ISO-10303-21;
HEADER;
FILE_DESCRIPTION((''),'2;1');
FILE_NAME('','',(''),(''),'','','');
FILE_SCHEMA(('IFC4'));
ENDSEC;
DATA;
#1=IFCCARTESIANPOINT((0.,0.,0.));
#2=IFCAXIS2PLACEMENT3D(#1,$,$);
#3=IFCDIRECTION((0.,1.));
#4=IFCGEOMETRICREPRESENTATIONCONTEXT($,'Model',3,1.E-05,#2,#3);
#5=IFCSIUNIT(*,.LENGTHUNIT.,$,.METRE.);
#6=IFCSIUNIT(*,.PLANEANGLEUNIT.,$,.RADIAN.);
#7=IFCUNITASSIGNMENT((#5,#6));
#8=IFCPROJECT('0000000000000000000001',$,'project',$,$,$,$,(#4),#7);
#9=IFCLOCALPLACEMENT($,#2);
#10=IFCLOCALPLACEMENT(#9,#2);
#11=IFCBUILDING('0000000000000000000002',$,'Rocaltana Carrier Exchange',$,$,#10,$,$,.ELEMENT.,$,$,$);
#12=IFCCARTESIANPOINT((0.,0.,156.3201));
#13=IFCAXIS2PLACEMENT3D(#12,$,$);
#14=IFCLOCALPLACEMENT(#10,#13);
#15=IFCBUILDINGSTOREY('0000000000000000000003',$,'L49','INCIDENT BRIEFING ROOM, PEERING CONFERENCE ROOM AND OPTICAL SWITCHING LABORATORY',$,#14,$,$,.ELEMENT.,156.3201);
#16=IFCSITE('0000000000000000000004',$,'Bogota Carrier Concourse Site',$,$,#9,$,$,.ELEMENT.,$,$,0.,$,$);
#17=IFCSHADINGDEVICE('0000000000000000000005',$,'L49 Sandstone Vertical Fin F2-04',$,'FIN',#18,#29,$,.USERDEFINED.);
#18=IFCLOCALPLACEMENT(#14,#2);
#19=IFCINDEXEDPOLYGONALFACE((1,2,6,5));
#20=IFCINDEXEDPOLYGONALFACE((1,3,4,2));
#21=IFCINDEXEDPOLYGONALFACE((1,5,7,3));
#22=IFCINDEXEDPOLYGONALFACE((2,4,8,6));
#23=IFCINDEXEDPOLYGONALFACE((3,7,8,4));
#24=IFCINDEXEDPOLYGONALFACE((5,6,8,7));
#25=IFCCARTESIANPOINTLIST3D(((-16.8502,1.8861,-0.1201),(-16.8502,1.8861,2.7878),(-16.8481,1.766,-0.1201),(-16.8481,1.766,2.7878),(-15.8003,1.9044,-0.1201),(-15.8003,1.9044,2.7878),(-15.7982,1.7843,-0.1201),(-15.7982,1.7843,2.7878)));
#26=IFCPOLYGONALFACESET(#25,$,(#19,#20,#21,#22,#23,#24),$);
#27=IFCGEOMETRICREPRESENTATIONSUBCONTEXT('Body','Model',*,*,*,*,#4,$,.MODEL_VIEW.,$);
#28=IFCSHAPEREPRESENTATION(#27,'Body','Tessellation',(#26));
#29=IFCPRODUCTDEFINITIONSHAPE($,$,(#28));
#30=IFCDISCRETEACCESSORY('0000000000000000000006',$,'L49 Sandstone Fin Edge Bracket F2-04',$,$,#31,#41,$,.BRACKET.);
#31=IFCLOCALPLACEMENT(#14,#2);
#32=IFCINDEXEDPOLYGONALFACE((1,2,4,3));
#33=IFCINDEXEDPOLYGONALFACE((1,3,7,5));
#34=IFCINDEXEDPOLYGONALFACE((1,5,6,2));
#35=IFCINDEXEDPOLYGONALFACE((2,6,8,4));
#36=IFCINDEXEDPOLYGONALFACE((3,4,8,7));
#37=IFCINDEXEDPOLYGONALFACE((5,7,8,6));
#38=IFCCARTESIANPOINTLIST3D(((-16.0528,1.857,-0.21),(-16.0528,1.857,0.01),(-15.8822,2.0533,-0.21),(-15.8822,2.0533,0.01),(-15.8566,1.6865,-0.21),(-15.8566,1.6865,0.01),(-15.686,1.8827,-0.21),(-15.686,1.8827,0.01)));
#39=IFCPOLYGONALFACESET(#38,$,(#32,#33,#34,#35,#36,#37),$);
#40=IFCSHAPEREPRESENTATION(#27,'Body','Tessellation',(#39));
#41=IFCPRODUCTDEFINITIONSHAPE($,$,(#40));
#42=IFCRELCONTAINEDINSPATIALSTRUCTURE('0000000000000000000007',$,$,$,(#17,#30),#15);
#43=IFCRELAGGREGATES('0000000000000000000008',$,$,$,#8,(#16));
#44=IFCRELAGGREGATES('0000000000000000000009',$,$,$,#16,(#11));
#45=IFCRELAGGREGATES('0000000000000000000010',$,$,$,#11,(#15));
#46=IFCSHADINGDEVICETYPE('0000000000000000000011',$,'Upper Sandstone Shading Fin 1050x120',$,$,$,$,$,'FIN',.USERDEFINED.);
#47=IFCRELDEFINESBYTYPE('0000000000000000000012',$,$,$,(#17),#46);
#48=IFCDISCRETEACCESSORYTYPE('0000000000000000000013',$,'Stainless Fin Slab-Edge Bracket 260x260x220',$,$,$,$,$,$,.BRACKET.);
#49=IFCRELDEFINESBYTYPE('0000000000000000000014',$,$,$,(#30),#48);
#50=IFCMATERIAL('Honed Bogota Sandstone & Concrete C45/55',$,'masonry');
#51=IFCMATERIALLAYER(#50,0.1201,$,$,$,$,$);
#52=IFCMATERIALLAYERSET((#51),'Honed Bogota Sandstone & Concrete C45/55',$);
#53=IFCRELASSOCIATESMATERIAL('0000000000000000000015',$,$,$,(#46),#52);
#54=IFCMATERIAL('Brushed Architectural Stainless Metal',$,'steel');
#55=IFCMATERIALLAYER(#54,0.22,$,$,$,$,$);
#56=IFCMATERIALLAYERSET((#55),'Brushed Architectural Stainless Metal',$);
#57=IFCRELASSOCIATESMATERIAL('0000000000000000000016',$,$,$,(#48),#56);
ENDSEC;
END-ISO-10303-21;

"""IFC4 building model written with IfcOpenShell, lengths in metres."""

from ifc_helpers import new_model, si_unit, direction, frame, origin, origin_2d, place, context, subcontext, project, spatial, rectangle, extrude, material, layer, layer_set, type_object, element, save


model = new_model("IFC4")

# Units and contexts
model_context = context("Model", 3, precision=1e-05, world=origin(), true_north=direction((0.0, 1.0)))
body_context = subcontext(model_context, "Body", "Model", "MODEL_VIEW")
ifc_project = project(units=[si_unit("LENGTHUNIT", "METRE"), si_unit("PLANEANGLEUNIT", "RADIAN")], contexts=[model_context])

# Site, building, storey
site_placement = place(None, origin())
site = spatial("IfcSite", under=ifc_project, at=site_placement, Name="Bogota Carrier Concourse Site", CompositionType="ELEMENT", RefElevation=0.0)
building_placement = place(site_placement, origin())
building = spatial("IfcBuilding", under=site, at=building_placement, Name="Rocaltana Carrier Exchange", CompositionType="ELEMENT")
storey_placement = place(building_placement, frame((0.0, 0.0, 156.3201)))
storey = spatial("IfcBuildingStorey", under=building, at=storey_placement, Name="L49", Description="INCIDENT BRIEFING ROOM, PEERING CONFERENCE ROOM AND OPTICAL SWITCHING LABORATORY", CompositionType="ELEMENT", Elevation=156.3201)

# Shading device
ifc_material_1 = material(Name="Honed Bogota Sandstone & Concrete C45/55", Category="masonry")
ifc_layer_1 = layer(ifc_material_1, 0.1201)
ifc_layer_set_1 = layer_set([ifc_layer_1], Name="Honed Bogota Sandstone & Concrete C45/55")
shading_device_type = type_object("IfcShadingDeviceType", Name="Upper Sandstone Shading Fin 1050x120", ElementType="FIN", PredefinedType="USERDEFINED", material=ifc_layer_set_1)
shading_device_placement = place(storey_placement, frame((-16.3242, 1.8352, -0.1201), z_axis=(0.0, 0.0, 1.0), x_axis=(-0.999848, -0.017452, 0.0)))
element("IfcShadingDevice", 1, at=shading_device_placement, inside=storey, type_object=shading_device_type, Name="L49 Sandstone Vertical Fin F2-04", ObjectType="FIN", PredefinedType="USERDEFINED", context=body_context, shape_type="SweptSolid", body=[
    extrude(rectangle(XDim=1.05, YDim=0.1201, at=origin_2d()), origin(), (0.0, 0.0, 1.0), 2.908),
])

# Discrete accessory
ifc_material_2 = material(Name="Brushed Architectural Stainless Metal", Category="steel")
ifc_layer_2 = layer(ifc_material_2, 0.22)
ifc_layer_set_2 = layer_set([ifc_layer_2], Name="Brushed Architectural Stainless Metal")
discrete_accessory_type = type_object("IfcDiscreteAccessoryType", Name="Stainless Fin Slab-Edge Bracket 260x260x220", PredefinedType="BRACKET", material=ifc_layer_set_2)
discrete_accessory_placement = place(storey_placement, frame((-15.8694, 1.8699, -0.21), z_axis=(0.0, 0.0, 1.0), x_axis=(-0.656059, -0.75471, 0.0)))
element("IfcDiscreteAccessory", 2, at=discrete_accessory_placement, inside=storey, type_object=discrete_accessory_type, Name="L49 Sandstone Fin Edge Bracket F2-04", PredefinedType="BRACKET", context=body_context, shape_type="SweptSolid", body=[
    extrude(rectangle(XDim=0.26, YDim=0.26, at=origin_2d()), origin(), (0.0, 0.0, 1.0), 0.22),
])

save(model, "model.ifc")
